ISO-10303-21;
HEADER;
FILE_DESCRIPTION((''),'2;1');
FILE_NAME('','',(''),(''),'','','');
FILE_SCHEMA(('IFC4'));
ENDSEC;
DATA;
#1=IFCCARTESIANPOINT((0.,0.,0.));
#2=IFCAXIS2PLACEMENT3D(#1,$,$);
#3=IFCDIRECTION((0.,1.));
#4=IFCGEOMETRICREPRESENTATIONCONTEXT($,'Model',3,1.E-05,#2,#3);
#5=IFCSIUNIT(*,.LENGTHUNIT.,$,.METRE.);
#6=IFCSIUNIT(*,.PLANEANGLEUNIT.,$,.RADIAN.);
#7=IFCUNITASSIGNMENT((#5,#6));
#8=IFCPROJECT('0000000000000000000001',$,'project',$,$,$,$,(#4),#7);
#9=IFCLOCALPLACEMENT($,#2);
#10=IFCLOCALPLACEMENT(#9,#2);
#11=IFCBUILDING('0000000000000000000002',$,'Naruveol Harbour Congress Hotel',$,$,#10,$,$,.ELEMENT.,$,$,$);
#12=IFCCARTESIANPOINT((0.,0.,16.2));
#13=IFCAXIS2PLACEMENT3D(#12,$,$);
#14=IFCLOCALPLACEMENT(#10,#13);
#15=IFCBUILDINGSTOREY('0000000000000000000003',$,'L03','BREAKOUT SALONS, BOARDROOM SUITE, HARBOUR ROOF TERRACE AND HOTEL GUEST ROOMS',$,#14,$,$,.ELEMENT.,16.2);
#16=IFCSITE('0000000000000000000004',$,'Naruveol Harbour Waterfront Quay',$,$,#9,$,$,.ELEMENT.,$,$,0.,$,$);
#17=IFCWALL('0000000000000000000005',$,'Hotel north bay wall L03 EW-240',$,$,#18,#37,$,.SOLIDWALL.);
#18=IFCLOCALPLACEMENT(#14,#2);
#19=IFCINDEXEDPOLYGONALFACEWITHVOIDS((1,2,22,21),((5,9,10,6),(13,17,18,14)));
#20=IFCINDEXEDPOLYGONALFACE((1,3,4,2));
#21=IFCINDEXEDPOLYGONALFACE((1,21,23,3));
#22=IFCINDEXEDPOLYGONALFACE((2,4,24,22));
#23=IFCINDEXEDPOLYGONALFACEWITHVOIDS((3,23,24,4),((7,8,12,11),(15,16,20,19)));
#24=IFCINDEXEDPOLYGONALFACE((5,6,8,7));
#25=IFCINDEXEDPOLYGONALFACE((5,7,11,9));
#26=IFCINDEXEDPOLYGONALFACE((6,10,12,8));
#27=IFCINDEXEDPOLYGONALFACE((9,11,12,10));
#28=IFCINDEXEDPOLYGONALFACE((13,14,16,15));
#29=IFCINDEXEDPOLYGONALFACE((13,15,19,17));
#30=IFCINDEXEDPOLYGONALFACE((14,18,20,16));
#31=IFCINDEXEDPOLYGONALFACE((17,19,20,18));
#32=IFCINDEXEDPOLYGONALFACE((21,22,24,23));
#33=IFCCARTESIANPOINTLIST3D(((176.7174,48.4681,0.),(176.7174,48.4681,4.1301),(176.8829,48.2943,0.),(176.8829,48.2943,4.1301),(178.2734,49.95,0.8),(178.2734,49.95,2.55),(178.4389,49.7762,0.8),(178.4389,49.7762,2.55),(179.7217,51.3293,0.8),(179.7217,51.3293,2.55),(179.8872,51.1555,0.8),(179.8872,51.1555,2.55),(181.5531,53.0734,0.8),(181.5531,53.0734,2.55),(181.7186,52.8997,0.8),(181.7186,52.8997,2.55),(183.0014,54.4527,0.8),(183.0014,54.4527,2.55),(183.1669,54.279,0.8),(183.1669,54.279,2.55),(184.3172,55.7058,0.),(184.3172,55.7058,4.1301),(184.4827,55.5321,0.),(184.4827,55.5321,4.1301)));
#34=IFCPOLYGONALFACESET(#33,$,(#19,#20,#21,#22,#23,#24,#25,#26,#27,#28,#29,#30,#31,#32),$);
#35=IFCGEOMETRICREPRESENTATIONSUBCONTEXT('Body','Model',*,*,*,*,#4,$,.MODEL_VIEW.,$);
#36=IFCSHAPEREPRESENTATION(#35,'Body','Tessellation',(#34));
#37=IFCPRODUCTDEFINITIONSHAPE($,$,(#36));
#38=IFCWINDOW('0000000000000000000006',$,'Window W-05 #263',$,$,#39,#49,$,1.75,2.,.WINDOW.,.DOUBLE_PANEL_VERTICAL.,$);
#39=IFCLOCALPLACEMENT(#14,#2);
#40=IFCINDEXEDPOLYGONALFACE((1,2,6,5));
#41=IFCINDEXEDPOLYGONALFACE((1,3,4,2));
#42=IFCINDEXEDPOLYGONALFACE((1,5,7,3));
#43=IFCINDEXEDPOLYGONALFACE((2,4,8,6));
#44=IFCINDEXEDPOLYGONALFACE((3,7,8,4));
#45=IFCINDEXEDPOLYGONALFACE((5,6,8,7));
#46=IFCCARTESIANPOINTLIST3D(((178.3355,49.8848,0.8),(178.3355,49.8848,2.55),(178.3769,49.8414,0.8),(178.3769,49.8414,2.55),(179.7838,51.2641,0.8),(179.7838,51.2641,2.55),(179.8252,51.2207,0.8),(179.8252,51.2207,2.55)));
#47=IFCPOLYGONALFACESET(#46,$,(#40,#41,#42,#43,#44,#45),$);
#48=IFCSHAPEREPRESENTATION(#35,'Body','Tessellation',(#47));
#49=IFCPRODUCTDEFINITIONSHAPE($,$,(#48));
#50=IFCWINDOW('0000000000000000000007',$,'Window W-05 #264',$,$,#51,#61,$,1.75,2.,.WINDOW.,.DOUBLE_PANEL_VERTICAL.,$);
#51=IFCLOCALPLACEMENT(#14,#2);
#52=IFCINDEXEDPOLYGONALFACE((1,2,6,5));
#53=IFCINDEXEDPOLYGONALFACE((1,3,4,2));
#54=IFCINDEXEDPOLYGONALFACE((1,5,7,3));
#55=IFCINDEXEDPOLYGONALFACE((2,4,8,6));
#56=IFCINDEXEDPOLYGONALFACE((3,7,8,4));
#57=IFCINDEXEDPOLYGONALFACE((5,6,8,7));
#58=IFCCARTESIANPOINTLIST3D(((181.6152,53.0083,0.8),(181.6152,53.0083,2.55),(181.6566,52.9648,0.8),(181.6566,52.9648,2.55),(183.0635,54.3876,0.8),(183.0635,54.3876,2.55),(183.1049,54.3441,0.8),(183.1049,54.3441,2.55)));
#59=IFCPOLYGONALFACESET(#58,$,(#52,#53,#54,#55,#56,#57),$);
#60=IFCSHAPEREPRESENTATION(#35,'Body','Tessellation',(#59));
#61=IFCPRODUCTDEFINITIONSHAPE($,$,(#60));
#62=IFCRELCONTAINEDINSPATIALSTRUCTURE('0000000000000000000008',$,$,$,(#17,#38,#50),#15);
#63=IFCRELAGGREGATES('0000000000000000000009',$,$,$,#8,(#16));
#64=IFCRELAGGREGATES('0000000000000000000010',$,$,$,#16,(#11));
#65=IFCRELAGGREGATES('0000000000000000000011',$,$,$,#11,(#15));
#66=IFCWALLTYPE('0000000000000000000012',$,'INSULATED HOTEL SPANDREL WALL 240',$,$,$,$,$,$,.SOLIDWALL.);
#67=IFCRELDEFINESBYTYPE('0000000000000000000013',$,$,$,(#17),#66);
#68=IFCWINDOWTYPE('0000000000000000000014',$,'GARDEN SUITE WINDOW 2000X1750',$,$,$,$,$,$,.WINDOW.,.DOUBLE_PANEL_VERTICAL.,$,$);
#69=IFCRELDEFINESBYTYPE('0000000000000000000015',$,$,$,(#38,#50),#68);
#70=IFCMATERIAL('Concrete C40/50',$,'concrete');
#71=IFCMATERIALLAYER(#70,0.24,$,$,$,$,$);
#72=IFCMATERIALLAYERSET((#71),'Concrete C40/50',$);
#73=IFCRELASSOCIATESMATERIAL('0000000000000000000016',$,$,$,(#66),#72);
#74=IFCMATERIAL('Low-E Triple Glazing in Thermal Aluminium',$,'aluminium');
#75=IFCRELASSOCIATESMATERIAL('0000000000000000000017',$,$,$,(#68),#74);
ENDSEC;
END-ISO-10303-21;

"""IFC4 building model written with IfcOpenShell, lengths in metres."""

from ifc_helpers import new_model, si_unit, direction, frame, frame_2d, origin, place, context, subcontext, project, spatial, rectangle, extrude, material, layer, layer_set, type_object, element, fill, save


model = new_model("IFC4")

# Units and contexts
model_context = context("Model", 3, precision=1e-05, world=origin(), true_north=direction((0.0, 1.0)))
body_context = subcontext(model_context, "Body", "Model", "MODEL_VIEW")
ifc_project = project(units=[si_unit("LENGTHUNIT", "METRE"), si_unit("PLANEANGLEUNIT", "RADIAN")], contexts=[model_context])

# Site, building, storey
site_placement = place(None, origin())
site = spatial("IfcSite", under=ifc_project, at=site_placement, Name="Naruveol Harbour Waterfront Quay", CompositionType="ELEMENT", RefElevation=0.0)
building_placement = place(site_placement, origin())
building = spatial("IfcBuilding", under=site, at=building_placement, Name="Naruveol Harbour Congress Hotel", CompositionType="ELEMENT")
storey_placement = place(building_placement, frame((0.0, 0.0, 16.2)))
storey = spatial("IfcBuildingStorey", under=building, at=storey_placement, Name="L03", Description="BREAKOUT SALONS, BOARDROOM SUITE, HARBOUR ROOF TERRACE AND HOTEL GUEST ROOMS", CompositionType="ELEMENT", Elevation=16.2)

# Wall, openings, windows
ifc_material_1 = material(Name="Concrete C40/50", Category="concrete")
ifc_layer_1 = layer(ifc_material_1, 0.24)
ifc_layer_set_1 = layer_set([ifc_layer_1], Name="Concrete C40/50")
wall_type_1 = type_object("IfcWallType", Name="INSULATED HOTEL SPANDREL WALL 240", PredefinedType="SOLIDWALL", material=ifc_layer_set_1)
wall_1_placement = place(storey_placement, frame((176.8, 48.3811, 0.0), z_axis=(0.0, 0.0, 1.0), x_axis=(0.724146, 0.689647, 0.0)))
wall_1 = element("IfcWall", 1, at=wall_1_placement, inside=storey, type_object=wall_type_1, Name="Hotel north bay wall L03 EW-240", PredefinedType="SOLIDWALL", context=body_context, shape_type="SweptSolid", body=[
    extrude(rectangle(XDim=10.4949, YDim=0.24, at=frame_2d((5.2476, 0.0))), origin(), (0.0, 0.0, 1.0), 4.1301),
])
opening_1_placement = place(wall_1_placement, frame((2.1489, 0.0, 0.8)))
opening_1 = element("IfcOpeningElement", 2, at=opening_1_placement, cuts=wall_1, PredefinedType="OPENING", context=body_context, shape_type="SweptSolid", body=[
    extrude(rectangle(XDim=2.0, YDim=1.75, at=frame_2d((1.0, 0.875))), frame((0.0, 0.1299, 0.0), z_axis=(0.0, -1.0, 0.0), x_axis=(1.0, 0.0, 0.0)), (0.0, 0.0, 1.0), 0.26),
])
opening_2_placement = place(wall_1_placement, frame((6.678, 0.0, 0.8)))
opening_2 = element("IfcOpeningElement", 3, at=opening_2_placement, cuts=wall_1, PredefinedType="OPENING", context=body_context, shape_type="SweptSolid", body=[
    extrude(rectangle(XDim=2.0, YDim=1.75, at=frame_2d((1.0, 0.875))), frame((0.0, 0.1299, 0.0), z_axis=(0.0, -1.0, 0.0), x_axis=(1.0, 0.0, 0.0)), (0.0, 0.0, 1.0), 0.26),
])
ifc_material_2 = material(Name="Low-E Triple Glazing in Thermal Aluminium", Category="aluminium")
window_type_1 = type_object("IfcWindowType", Name="GARDEN SUITE WINDOW 2000X1750", PartitioningType="DOUBLE_PANEL_VERTICAL", PredefinedType="WINDOW", material=ifc_material_2)
window_1_placement = place(opening_1_placement, origin())
window_1 = element("IfcWindow", 4, at=window_1_placement, inside=storey, type_object=window_type_1, Name="Window W-05 #263", OverallHeight=1.75, OverallWidth=2.0, PartitioningType="DOUBLE_PANEL_VERTICAL", PredefinedType="WINDOW", context=body_context, shape_type="SweptSolid", body=[
    extrude(rectangle(XDim=2.0, YDim=1.75, at=frame_2d((1.0, 0.875))), frame((0.0, 0.03, 0.0), z_axis=(0.0, -1.0, 0.0), x_axis=(1.0, 0.0, 0.0)), (0.0, 0.0, 1.0), 0.0601),
])
fill(opening_1, window_1)
window_2_placement = place(opening_2_placement, origin())
window_2 = element("IfcWindow", 5, at=window_2_placement, inside=storey, type_object=window_type_1, Name="Window W-05 #264", OverallHeight=1.75, OverallWidth=2.0, PartitioningType="DOUBLE_PANEL_VERTICAL", PredefinedType="WINDOW", context=body_context, shape_type="SweptSolid", body=[
    extrude(rectangle(XDim=2.0, YDim=1.75, at=frame_2d((1.0, 0.875))), frame((0.0, 0.03, 0.0), z_axis=(0.0, -1.0, 0.0), x_axis=(1.0, 0.0, 0.0)), (0.0, 0.0, 1.0), 0.0601),
])
fill(opening_2, window_2)

save(model, "model.ifc")
